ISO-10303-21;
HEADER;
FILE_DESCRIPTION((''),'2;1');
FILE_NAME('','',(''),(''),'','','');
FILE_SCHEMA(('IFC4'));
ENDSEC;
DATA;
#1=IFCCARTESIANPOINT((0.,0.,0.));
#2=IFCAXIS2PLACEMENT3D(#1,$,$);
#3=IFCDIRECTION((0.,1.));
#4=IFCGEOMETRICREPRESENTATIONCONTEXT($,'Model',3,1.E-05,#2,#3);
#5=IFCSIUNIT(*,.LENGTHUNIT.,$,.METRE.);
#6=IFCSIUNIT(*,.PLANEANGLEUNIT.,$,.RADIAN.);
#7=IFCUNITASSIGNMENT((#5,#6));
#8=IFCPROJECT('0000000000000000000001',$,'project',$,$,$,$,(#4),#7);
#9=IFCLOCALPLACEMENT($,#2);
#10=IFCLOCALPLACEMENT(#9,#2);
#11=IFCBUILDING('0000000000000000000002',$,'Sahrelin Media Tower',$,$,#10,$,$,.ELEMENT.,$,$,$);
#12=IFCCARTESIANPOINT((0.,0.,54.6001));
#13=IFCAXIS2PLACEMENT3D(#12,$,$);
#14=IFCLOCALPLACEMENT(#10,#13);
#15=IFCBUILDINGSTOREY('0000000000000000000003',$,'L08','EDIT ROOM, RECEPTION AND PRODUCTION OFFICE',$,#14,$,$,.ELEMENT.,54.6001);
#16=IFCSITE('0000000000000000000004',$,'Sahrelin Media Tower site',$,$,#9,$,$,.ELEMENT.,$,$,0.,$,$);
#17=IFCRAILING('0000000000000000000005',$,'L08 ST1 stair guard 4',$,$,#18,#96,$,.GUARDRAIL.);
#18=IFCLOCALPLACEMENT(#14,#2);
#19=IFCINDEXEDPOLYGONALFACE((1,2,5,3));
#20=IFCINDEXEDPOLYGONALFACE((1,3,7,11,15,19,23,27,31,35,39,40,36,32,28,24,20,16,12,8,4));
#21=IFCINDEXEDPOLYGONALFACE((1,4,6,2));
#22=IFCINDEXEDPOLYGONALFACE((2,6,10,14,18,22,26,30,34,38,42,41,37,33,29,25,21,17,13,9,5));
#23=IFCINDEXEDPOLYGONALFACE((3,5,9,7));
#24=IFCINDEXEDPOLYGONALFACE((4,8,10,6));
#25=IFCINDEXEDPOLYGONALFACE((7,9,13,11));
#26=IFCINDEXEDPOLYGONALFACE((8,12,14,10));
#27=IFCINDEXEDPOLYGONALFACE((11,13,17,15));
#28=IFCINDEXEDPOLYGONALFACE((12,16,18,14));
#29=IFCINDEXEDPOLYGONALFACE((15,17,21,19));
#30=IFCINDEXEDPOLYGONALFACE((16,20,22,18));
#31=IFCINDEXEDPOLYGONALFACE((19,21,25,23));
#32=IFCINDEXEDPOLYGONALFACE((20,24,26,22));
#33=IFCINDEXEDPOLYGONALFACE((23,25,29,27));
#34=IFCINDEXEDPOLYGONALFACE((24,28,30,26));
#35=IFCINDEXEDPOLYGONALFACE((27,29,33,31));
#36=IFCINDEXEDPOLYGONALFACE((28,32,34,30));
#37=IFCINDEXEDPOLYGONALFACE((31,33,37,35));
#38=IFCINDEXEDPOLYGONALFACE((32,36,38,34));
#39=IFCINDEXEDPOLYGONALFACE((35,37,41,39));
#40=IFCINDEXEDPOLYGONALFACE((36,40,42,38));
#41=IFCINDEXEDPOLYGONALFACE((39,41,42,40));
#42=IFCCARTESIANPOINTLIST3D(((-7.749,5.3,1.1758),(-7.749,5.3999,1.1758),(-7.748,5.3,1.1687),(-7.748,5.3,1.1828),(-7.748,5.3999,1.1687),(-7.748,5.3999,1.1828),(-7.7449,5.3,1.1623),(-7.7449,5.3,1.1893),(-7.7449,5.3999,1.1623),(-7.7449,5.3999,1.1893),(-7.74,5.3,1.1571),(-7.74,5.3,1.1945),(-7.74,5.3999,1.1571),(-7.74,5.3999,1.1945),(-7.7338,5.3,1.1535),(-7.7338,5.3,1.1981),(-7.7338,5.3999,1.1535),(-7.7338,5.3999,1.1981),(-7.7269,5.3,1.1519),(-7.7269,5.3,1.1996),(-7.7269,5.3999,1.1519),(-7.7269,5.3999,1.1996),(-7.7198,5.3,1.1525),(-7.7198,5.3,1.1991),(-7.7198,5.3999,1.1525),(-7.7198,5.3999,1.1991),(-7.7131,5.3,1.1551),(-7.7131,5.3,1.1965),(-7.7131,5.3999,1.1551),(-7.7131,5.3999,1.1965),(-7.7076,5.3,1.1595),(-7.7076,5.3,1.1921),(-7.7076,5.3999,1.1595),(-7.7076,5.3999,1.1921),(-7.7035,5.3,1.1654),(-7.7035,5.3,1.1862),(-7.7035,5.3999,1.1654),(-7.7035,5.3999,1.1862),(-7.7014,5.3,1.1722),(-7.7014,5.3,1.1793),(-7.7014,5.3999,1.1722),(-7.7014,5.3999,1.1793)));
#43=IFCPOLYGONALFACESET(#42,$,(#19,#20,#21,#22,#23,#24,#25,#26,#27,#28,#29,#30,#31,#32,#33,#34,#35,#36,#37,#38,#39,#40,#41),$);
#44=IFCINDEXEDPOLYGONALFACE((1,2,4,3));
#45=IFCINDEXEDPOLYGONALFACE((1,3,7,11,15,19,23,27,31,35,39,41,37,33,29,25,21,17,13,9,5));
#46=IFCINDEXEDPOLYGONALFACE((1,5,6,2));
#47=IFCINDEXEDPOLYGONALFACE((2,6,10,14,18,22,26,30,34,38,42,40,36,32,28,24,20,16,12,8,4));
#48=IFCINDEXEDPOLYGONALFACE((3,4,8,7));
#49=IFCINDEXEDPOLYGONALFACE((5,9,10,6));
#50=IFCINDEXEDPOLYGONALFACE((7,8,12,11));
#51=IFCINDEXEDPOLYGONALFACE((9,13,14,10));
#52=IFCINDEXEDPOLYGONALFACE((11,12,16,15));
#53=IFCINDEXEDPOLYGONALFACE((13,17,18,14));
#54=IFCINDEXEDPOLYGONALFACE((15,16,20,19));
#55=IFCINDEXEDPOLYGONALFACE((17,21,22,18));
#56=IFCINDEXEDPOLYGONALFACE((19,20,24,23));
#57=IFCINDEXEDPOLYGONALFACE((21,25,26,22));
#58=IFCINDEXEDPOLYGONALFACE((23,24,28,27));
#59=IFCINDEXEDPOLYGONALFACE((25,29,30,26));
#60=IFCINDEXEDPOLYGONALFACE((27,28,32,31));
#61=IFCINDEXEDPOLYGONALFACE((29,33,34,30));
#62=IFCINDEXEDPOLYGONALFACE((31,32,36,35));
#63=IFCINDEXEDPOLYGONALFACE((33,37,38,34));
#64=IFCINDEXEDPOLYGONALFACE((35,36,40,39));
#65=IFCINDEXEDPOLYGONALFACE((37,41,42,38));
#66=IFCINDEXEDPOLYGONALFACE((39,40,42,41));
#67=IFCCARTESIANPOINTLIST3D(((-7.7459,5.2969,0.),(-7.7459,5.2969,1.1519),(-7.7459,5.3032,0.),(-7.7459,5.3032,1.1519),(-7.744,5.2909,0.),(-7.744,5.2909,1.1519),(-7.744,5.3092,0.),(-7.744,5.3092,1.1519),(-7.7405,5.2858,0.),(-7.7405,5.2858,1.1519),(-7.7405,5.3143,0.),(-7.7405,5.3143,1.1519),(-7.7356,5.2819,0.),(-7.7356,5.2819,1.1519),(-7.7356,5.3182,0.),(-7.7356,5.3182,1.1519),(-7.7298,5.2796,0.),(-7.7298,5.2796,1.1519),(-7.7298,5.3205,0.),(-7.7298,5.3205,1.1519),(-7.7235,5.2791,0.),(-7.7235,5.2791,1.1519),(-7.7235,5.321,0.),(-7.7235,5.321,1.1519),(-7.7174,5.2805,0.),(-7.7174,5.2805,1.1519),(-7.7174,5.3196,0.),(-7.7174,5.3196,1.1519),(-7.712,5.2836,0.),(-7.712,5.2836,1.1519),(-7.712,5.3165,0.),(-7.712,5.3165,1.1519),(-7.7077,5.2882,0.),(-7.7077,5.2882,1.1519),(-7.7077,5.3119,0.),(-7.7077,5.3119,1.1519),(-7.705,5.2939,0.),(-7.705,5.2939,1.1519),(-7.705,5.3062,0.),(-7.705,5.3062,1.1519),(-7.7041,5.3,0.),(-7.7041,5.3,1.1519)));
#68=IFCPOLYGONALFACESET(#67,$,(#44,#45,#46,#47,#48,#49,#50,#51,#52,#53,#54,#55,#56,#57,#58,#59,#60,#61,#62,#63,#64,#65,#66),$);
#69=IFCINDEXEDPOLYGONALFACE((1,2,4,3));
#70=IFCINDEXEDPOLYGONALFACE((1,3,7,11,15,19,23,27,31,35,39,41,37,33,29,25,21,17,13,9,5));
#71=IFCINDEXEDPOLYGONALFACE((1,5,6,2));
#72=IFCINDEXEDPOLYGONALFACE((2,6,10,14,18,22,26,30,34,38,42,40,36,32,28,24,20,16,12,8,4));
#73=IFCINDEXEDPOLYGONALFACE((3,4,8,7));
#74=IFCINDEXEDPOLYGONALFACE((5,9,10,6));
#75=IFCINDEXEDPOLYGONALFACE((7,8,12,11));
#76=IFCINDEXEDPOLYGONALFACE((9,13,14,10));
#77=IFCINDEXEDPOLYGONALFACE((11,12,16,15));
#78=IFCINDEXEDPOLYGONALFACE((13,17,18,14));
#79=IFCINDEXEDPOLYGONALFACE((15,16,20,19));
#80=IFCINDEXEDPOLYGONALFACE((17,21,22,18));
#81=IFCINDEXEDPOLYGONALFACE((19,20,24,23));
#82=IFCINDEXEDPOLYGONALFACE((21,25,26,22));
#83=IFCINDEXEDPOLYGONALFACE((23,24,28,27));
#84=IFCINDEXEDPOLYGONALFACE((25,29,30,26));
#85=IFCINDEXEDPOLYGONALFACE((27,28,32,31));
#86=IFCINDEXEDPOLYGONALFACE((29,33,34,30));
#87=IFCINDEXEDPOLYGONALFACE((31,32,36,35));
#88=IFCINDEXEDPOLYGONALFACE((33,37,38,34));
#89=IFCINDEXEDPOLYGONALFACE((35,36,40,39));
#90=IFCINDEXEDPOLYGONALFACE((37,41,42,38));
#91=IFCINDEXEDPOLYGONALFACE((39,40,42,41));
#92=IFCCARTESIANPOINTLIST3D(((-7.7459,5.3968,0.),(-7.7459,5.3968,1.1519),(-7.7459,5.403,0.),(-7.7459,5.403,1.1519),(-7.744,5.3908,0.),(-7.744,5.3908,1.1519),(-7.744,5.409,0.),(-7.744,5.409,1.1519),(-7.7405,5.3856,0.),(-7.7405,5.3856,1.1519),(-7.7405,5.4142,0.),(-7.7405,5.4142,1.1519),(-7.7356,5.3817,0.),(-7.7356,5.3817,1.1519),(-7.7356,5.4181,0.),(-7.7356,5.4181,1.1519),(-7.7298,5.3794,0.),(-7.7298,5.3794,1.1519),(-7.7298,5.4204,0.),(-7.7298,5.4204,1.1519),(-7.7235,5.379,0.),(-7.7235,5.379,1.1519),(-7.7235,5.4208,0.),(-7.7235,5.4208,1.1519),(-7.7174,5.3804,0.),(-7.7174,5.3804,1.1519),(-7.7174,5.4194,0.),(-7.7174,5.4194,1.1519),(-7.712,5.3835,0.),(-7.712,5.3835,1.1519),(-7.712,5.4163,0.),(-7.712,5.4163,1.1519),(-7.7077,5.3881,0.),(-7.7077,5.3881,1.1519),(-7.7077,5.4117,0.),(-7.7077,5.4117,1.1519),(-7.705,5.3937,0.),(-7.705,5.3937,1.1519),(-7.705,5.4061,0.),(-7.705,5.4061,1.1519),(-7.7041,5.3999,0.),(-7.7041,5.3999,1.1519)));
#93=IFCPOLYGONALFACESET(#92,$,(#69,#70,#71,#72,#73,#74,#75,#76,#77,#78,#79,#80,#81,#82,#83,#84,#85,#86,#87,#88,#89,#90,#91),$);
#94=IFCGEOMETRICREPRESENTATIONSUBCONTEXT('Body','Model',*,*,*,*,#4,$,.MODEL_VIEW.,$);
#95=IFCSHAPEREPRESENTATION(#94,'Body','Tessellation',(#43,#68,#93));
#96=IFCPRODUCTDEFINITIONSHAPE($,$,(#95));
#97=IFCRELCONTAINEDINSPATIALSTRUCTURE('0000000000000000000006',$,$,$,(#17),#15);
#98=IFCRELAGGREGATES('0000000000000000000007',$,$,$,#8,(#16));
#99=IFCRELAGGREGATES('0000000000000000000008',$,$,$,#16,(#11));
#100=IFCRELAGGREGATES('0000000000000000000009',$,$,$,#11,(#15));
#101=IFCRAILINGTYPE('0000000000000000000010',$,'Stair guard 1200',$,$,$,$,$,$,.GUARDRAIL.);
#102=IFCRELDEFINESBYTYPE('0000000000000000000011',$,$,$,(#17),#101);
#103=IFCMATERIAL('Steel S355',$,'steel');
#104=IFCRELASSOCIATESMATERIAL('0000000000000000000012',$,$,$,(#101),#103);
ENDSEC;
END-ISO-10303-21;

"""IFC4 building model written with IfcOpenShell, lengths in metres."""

from ifc_helpers import new_model, si_unit, direction, frame, origin, origin_2d, place, context, subcontext, project, spatial, circle, extrude, material, type_object, element, save


model = new_model("IFC4")

# Units and contexts
model_context = context("Model", 3, precision=1e-05, world=origin(), true_north=direction((0.0, 1.0)))
body_context = subcontext(model_context, "Body", "Model", "MODEL_VIEW")
ifc_project = project(units=[si_unit("LENGTHUNIT", "METRE"), si_unit("PLANEANGLEUNIT", "RADIAN")], contexts=[model_context])

# Site, building, storey
site_placement = place(None, origin())
site = spatial("IfcSite", under=ifc_project, at=site_placement, Name="Sahrelin Media Tower site", CompositionType="ELEMENT", RefElevation=0.0)
building_placement = place(site_placement, origin())
building = spatial("IfcBuilding", under=site, at=building_placement, Name="Sahrelin Media Tower", CompositionType="ELEMENT")
storey_placement = place(building_placement, frame((0.0, 0.0, 54.6001)))
storey = spatial("IfcBuildingStorey", under=building, at=storey_placement, Name="L08", Description="EDIT ROOM, RECEPTION AND PRODUCTION OFFICE", CompositionType="ELEMENT", Elevation=54.6001)

# Shared definitions
ifc_material_1 = material(Name="Steel S355", Category="steel")

# Railing
railing_type_1 = type_object("IfcRailingType", Name="Stair guard 1200", PredefinedType="GUARDRAIL", material=ifc_material_1)
railing_1_placement = place(storey_placement, frame((-7.7251, 5.3, 0.0)))
element("IfcRailing", 1, at=railing_1_placement, inside=storey, type_object=railing_type_1, Name="L08 ST1 stair guard 4", PredefinedType="GUARDRAIL", context=body_context, shape_type="SweptSolid", body=[
    extrude(circle(Radius=0.0239, at=origin_2d()), frame((0.0, 0.0, 1.1758), z_axis=(0.0, 1.0, 0.0), x_axis=(-1.0, 0.0, 0.0)), (0.0, 0.0, 1.0), 0.0999),
    extrude(circle(Radius=0.021, at=origin_2d()), origin(), (0.0, 0.0, 1.0), 1.1519),
    extrude(circle(Radius=0.021, at=origin_2d()), frame((0.0, 0.0999, 0.0)), (0.0, 0.0, 1.0), 1.1519),
])

save(model, "model.ifc")
